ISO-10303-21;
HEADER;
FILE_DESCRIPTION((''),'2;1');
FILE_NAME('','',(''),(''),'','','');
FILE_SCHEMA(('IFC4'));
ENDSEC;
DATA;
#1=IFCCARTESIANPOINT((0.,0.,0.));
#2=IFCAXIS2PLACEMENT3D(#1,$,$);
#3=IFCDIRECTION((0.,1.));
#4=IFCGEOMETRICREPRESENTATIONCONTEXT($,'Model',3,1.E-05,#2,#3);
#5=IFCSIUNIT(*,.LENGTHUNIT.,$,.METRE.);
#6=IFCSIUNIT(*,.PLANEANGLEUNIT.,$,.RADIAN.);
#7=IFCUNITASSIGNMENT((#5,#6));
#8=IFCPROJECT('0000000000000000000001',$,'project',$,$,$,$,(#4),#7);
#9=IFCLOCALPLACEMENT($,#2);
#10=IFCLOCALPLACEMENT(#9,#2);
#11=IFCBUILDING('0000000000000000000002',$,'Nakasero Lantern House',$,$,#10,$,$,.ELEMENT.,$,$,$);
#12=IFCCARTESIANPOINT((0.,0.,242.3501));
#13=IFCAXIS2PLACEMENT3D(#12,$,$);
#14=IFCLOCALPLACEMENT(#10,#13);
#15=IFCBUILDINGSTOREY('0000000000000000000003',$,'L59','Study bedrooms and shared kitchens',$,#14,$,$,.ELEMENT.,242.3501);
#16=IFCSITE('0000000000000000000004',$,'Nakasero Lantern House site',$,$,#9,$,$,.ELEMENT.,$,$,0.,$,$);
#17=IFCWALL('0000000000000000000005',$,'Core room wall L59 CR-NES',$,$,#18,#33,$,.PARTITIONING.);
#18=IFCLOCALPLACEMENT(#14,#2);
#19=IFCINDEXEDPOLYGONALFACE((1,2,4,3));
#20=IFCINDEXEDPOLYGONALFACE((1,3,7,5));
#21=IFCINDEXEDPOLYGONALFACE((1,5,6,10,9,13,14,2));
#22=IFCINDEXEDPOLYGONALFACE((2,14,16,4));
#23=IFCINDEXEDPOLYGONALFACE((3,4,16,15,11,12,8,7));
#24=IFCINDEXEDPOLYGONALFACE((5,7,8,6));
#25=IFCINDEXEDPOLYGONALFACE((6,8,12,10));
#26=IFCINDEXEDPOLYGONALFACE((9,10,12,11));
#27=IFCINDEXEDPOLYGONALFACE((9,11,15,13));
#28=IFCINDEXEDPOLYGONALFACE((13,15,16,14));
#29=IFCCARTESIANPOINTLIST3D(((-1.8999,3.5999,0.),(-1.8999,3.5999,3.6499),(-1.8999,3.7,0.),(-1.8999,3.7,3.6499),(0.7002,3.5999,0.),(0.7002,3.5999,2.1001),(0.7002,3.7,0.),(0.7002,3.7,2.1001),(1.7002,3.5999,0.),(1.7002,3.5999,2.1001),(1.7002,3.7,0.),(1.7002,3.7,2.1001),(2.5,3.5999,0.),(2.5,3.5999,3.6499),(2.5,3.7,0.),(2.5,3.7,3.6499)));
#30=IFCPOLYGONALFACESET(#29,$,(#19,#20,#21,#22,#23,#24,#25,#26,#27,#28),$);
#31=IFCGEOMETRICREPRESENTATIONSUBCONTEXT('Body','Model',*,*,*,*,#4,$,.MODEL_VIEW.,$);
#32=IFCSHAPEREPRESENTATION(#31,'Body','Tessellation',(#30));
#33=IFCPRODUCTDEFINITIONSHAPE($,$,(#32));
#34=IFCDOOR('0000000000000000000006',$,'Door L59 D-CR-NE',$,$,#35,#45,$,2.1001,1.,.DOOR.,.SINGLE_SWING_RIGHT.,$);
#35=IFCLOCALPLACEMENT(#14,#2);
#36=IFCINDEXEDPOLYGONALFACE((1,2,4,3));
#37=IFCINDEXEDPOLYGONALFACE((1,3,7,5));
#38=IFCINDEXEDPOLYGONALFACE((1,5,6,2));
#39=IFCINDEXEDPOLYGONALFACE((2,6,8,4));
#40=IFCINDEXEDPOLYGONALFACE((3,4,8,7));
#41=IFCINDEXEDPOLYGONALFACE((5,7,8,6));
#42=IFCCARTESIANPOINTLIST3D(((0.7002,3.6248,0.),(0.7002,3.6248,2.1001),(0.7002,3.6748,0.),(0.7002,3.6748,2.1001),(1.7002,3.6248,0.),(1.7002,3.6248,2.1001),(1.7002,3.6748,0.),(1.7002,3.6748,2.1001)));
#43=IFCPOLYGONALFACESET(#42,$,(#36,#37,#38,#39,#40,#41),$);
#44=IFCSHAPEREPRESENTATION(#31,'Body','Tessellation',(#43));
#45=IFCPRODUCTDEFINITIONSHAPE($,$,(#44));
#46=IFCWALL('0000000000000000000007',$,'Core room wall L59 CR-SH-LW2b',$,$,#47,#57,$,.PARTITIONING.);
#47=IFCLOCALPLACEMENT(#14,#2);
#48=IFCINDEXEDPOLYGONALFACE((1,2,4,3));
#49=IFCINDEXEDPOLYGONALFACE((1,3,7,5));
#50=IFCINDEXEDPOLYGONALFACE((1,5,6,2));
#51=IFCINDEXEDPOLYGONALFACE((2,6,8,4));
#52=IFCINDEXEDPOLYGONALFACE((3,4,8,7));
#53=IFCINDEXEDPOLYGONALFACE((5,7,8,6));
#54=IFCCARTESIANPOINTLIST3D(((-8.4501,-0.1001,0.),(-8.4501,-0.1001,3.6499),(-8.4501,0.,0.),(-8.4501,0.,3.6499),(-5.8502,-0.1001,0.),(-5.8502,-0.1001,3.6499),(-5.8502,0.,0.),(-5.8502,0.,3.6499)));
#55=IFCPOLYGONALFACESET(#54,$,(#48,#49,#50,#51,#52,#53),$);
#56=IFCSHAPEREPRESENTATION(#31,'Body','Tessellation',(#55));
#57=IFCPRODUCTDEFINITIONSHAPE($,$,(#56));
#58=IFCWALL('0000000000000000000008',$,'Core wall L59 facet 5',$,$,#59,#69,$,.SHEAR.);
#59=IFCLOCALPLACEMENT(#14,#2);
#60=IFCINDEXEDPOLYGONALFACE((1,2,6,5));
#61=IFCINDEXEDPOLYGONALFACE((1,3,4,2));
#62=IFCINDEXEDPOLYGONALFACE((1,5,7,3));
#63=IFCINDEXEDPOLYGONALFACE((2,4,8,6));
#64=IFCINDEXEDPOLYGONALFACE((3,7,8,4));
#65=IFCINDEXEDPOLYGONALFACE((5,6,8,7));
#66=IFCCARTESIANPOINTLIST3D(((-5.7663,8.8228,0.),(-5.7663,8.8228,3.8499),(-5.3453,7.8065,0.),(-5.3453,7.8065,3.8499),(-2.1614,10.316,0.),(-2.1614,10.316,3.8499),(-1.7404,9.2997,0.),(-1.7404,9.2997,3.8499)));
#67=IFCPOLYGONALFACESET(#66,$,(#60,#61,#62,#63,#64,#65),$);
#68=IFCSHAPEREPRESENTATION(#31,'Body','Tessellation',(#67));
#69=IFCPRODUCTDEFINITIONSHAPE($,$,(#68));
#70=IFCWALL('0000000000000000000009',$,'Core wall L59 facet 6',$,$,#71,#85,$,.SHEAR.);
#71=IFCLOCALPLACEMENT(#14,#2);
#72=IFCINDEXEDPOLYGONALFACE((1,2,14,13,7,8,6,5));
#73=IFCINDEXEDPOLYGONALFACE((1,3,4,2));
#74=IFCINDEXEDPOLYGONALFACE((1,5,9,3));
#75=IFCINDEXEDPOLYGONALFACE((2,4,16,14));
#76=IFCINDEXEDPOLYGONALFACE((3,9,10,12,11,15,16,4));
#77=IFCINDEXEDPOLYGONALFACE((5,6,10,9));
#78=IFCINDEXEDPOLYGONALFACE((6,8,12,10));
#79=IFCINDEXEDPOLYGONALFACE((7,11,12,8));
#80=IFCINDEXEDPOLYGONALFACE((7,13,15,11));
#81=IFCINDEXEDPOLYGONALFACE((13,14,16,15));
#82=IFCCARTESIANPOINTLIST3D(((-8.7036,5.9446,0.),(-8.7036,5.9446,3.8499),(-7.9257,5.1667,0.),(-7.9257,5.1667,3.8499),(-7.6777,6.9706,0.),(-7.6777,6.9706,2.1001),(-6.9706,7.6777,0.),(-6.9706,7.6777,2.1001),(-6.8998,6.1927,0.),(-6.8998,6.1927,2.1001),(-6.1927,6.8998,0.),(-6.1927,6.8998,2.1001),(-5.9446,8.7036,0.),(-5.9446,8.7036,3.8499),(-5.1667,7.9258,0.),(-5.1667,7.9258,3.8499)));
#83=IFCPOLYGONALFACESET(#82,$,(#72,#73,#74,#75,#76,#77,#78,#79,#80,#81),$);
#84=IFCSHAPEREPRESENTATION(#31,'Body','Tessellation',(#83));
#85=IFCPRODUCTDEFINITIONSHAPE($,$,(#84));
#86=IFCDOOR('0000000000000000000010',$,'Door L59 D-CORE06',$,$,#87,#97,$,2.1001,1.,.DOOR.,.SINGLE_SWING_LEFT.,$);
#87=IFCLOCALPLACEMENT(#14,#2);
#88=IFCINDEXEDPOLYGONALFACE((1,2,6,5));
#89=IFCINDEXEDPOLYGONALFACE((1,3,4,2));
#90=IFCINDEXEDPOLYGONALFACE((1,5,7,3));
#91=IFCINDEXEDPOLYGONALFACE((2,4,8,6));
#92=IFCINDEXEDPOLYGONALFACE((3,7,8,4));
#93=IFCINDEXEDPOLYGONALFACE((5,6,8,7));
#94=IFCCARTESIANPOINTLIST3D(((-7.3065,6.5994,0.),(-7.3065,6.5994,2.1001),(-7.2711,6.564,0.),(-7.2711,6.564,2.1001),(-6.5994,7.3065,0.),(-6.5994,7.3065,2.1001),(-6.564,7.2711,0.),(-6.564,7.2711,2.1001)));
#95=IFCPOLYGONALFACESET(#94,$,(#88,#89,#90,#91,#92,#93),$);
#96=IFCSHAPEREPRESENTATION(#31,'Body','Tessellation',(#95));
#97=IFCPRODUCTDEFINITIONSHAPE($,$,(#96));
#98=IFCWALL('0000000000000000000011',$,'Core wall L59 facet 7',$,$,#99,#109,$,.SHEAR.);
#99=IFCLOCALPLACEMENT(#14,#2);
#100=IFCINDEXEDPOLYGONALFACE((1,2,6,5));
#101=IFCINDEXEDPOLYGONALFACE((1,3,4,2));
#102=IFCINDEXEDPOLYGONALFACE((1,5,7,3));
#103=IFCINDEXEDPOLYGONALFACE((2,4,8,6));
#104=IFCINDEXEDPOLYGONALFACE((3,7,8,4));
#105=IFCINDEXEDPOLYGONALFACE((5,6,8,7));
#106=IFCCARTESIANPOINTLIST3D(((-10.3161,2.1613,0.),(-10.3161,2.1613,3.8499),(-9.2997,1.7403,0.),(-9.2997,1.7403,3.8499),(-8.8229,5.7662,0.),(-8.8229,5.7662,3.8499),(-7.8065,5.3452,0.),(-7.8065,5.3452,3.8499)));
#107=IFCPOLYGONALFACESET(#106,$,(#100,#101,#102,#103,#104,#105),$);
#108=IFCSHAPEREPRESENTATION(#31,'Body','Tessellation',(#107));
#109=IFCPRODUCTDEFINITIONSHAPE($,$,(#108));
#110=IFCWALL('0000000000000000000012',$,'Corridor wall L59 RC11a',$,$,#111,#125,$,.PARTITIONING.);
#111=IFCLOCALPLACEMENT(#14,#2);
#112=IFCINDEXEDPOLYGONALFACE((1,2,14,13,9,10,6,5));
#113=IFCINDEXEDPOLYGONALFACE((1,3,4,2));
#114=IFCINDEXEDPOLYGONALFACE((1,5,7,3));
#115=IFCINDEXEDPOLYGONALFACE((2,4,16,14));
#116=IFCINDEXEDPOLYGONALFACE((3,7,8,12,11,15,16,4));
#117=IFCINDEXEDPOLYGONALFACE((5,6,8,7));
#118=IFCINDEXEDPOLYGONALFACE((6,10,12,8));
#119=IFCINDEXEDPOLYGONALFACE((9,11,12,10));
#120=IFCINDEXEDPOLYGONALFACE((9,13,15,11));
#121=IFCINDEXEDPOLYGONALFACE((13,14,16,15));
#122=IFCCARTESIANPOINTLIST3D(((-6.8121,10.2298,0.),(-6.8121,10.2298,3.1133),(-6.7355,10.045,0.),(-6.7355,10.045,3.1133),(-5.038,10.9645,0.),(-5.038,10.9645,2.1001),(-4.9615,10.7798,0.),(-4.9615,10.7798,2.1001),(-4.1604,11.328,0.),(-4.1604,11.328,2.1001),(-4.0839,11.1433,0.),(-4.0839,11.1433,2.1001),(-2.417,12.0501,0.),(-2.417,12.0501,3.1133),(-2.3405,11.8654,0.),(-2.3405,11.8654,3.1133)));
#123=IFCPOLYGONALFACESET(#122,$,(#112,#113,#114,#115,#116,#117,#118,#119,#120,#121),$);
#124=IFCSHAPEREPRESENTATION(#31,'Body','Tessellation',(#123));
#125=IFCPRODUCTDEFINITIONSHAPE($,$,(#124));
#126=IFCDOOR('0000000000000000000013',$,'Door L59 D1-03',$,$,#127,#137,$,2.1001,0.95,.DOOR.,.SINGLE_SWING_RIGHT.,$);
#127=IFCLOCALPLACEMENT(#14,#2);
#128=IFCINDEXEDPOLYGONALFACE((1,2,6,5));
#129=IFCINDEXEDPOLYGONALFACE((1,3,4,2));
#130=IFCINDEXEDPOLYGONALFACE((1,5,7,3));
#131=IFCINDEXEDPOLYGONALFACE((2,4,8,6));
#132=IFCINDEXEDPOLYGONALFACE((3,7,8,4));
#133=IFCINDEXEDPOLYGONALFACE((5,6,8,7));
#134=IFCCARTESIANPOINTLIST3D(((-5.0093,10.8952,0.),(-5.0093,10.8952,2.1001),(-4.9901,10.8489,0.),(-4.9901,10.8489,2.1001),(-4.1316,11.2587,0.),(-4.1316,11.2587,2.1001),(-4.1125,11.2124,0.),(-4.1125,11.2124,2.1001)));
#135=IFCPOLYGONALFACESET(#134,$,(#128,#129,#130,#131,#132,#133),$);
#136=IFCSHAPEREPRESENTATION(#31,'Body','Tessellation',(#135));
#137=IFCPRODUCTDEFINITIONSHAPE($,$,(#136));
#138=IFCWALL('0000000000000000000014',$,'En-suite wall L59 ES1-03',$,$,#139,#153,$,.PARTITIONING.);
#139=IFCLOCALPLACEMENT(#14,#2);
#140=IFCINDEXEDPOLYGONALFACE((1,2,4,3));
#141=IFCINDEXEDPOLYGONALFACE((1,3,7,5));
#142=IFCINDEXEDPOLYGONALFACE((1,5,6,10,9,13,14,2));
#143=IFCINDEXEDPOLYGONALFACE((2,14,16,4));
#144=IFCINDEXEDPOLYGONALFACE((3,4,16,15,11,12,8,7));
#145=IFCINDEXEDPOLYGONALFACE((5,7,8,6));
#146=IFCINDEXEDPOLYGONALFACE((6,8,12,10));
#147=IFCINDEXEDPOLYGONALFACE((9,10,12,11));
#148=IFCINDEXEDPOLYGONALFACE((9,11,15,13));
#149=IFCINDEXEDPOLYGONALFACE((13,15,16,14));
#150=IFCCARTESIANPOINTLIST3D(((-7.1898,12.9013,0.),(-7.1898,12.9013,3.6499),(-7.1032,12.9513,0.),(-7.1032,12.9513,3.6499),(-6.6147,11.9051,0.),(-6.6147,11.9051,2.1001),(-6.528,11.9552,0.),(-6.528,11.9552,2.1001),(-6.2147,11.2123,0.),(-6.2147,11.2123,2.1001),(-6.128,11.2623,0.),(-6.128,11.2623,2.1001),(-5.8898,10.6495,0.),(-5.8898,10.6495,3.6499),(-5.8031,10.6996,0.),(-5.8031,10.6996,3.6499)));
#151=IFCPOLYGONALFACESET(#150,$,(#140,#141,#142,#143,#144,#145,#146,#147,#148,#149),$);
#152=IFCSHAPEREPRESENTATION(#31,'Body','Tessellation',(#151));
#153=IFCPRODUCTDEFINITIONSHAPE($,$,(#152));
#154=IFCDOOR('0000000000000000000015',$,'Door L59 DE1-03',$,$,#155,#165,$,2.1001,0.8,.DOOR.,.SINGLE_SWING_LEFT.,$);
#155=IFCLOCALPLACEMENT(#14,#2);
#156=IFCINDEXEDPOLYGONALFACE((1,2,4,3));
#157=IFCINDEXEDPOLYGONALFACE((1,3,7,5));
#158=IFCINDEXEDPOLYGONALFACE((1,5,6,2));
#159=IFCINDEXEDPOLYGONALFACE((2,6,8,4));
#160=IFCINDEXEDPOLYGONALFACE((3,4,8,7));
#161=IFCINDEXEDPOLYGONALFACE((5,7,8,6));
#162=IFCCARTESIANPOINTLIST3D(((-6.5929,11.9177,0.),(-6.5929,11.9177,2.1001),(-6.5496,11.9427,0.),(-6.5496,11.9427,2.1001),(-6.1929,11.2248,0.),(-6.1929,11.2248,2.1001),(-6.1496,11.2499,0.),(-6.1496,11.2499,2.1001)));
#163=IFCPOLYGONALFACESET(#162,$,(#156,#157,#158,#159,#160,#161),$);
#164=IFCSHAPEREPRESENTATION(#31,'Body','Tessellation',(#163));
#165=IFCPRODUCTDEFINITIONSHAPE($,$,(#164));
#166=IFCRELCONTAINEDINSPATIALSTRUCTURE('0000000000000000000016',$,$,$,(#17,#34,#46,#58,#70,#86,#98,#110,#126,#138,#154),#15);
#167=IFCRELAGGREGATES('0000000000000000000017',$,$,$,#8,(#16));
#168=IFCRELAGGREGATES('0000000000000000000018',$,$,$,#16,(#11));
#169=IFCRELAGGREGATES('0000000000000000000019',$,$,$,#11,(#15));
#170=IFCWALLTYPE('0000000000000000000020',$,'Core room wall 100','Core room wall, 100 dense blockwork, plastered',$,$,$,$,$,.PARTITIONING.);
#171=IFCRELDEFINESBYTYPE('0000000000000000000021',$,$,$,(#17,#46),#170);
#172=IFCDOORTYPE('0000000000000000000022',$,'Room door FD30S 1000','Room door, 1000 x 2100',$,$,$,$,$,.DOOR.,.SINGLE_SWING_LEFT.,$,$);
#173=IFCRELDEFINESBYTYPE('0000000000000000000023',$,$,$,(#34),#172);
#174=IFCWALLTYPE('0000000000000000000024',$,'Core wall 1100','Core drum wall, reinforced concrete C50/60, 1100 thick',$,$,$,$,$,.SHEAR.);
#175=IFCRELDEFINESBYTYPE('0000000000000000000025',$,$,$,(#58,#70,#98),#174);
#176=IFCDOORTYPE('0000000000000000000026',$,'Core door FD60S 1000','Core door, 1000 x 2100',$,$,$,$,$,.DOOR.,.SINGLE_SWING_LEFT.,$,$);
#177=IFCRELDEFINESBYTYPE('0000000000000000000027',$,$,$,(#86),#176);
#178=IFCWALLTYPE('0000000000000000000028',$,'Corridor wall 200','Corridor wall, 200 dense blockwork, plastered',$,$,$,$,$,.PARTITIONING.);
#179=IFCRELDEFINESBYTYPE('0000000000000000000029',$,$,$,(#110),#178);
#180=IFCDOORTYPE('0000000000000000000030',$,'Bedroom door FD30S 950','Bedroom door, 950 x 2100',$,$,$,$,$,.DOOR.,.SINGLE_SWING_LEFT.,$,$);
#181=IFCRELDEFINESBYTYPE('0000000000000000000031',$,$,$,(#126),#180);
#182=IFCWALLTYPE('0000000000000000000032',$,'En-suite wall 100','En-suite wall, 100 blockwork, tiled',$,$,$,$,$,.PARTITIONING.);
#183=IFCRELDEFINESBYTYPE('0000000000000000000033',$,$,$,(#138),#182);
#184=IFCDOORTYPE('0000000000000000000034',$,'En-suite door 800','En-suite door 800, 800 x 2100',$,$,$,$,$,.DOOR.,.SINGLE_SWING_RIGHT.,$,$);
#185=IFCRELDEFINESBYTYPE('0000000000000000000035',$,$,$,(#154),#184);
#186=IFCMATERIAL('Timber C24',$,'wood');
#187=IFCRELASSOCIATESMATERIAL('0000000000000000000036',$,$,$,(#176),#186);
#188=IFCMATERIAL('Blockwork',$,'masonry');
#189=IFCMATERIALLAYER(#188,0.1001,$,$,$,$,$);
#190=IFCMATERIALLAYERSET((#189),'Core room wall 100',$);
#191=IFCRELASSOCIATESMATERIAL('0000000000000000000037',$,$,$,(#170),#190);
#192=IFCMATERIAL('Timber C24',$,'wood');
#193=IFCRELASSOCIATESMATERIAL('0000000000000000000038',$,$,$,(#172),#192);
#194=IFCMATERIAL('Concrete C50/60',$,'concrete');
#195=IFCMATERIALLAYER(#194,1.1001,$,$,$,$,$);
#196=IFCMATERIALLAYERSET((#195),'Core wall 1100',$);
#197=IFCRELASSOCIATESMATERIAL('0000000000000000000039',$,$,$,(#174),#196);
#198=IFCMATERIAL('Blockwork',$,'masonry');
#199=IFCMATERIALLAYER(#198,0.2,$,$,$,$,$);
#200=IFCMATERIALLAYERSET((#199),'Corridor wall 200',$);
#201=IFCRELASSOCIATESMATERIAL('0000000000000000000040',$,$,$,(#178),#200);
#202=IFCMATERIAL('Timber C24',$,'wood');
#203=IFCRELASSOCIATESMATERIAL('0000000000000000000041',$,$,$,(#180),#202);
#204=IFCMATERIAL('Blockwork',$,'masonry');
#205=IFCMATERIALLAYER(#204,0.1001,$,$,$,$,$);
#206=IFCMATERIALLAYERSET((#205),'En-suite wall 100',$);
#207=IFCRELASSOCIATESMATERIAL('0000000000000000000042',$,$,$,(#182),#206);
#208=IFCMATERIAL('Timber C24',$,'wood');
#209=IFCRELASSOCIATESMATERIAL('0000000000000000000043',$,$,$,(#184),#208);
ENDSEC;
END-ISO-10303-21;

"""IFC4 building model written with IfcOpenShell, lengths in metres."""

from ifc_helpers import new_model, si_unit, direction, frame, frame_2d, origin, place, context, subcontext, project, spatial, rectangle, extrude, material, layer, layer_set, type_object, element, fill, save


model = new_model("IFC4")

# Units and contexts
model_context = context("Model", 3, precision=1e-05, world=origin(), true_north=direction((0.0, 1.0)))
body_context = subcontext(model_context, "Body", "Model", "MODEL_VIEW")
ifc_project = project(units=[si_unit("LENGTHUNIT", "METRE"), si_unit("PLANEANGLEUNIT", "RADIAN")], contexts=[model_context])

# Site, building, storey
site_placement = place(None, origin())
site = spatial("IfcSite", under=ifc_project, at=site_placement, Name="Nakasero Lantern House site", CompositionType="ELEMENT", RefElevation=0.0)
building_placement = place(site_placement, origin())
building = spatial("IfcBuilding", under=site, at=building_placement, Name="Nakasero Lantern House", CompositionType="ELEMENT")
storey_placement = place(building_placement, frame((0.0, 0.0, 242.3501)))
storey = spatial("IfcBuildingStorey", under=building, at=storey_placement, Name="L59", Description="Study bedrooms and shared kitchens", CompositionType="ELEMENT", Elevation=242.3501)

# Shared definitions
ifc_material_1 = material(Name="Timber C24", Category="wood")
door_type_1 = type_object("IfcDoorType", Name="Core door FD60S 1000", Description="Core door, 1000 x 2100", OperationType="SINGLE_SWING_LEFT", PredefinedType="DOOR", material=ifc_material_1)

# Wall, opening, door
ifc_material_2 = material(Name="Blockwork", Category="masonry")
ifc_layer_1 = layer(ifc_material_2, 0.1001)
ifc_layer_set_1 = layer_set([ifc_layer_1], Name="Core room wall 100")
wall_type_1 = type_object("IfcWallType", Name="Core room wall 100", Description="Core room wall, 100 dense blockwork, plastered", PredefinedType="PARTITIONING", material=ifc_layer_set_1)
wall_1_placement = place(storey_placement, frame((-1.8999, 3.6499, 0.0), z_axis=(0.0, 0.0, 1.0), x_axis=(1.0, 0.0, 0.0)))
wall_1 = element("IfcWall", 1, at=wall_1_placement, inside=storey, type_object=wall_type_1, Name="Core room wall L59 CR-NES", PredefinedType="PARTITIONING", context=body_context, shape_type="SweptSolid", body=[
    extrude(rectangle(XDim=4.3999, YDim=0.1001, at=frame_2d((2.2, 0.0))), origin(), (0.0, 0.0, 1.0), 3.6499),
])
opening_1_placement = place(wall_1_placement, frame((2.6001, 0.0, 0.0)))
opening_1 = element("IfcOpeningElement", 2, at=opening_1_placement, cuts=wall_1, PredefinedType="OPENING", context=body_context, shape_type="SweptSolid", body=[
    extrude(rectangle(XDim=1.0, YDim=2.1001, at=frame_2d((0.5, 1.05))), frame((0.0, 0.0701, 0.0), z_axis=(0.0, -1.0, 0.0), x_axis=(1.0, 0.0, 0.0)), (0.0, 0.0, 1.0), 0.1401),
])
ifc_material_3 = material(Name="Timber C24", Category="wood")
door_type_2 = type_object("IfcDoorType", Name="Room door FD30S 1000", Description="Room door, 1000 x 2100", OperationType="SINGLE_SWING_LEFT", PredefinedType="DOOR", material=ifc_material_3)
door_1_placement = place(opening_1_placement, origin())
door_1 = element("IfcDoor", 3, at=door_1_placement, inside=storey, type_object=door_type_2, Name="Door L59 D-CR-NE", OperationType="SINGLE_SWING_RIGHT", OverallHeight=2.1001, OverallWidth=1.0, PredefinedType="DOOR", context=body_context, shape_type="SweptSolid", body=[
    extrude(rectangle(XDim=1.0, YDim=2.1001, at=frame_2d((0.5, 1.05))), frame((0.0, 0.0249, 0.0), z_axis=(0.0, -1.0, 0.0), x_axis=(1.0, 0.0, 0.0)), (0.0, 0.0, 1.0), 0.05),
])
fill(opening_1, door_1)

# Walls
wall_2_placement = place(storey_placement, frame((-8.45, -0.05, 0.0), z_axis=(0.0, 0.0, 1.0), x_axis=(1.0, 0.0, 0.0)))
element("IfcWall", 4, at=wall_2_placement, inside=storey, type_object=wall_type_1, Name="Core room wall L59 CR-SH-LW2b", PredefinedType="PARTITIONING", context=body_context, shape_type="SweptSolid", body=[
    extrude(rectangle(XDim=2.5999, YDim=0.1001, at=frame_2d((1.2998, 0.0))), origin(), (0.0, 0.0, 1.0), 3.6499),
])
ifc_material_4 = material(Name="Concrete C50/60", Category="concrete")
ifc_layer_2 = layer(ifc_material_4, 1.1001)
ifc_layer_set_2 = layer_set([ifc_layer_2], Name="Core wall 1100")
wall_type_2 = type_object("IfcWallType", Name="Core wall 1100", Description="Core drum wall, reinforced concrete C50/60, 1100 thick", PredefinedType="SHEAR", material=ifc_layer_set_2)
wall_3_placement = place(storey_placement, frame((-1.9509, 9.8079, 0.0), z_axis=(0.0, 0.0, 1.0), x_axis=(-0.923877, -0.382691, 0.0)))
element("IfcWall", 5, at=wall_3_placement, inside=storey, type_object=wall_type_2, Name="Core wall L59 facet 5", PredefinedType="SHEAR", context=body_context, shape_type="SweptSolid", body=[
    extrude(rectangle(XDim=3.9019, YDim=1.1001, at=frame_2d((1.9509, 0.0))), origin(), (0.0, 0.0, 1.0), 3.8499),
])

# Wall, opening, door
wall_4_placement = place(storey_placement, frame((-5.5557, 8.3147, 0.0), z_axis=(0.0, 0.0, 1.0), x_axis=(-0.707107, -0.707107, 0.0)))
wall_4 = element("IfcWall", 6, at=wall_4_placement, inside=storey, type_object=wall_type_2, Name="Core wall L59 facet 6", PredefinedType="SHEAR", context=body_context, shape_type="SweptSolid", body=[
    extrude(rectangle(XDim=3.9019, YDim=1.1001, at=frame_2d((1.9509, 0.0))), origin(), (0.0, 0.0, 1.0), 3.8499),
])
opening_2_placement = place(wall_4_placement, frame((1.4509, 0.0, 0.0)))
opening_2 = element("IfcOpeningElement", 7, at=opening_2_placement, cuts=wall_4, PredefinedType="OPENING", context=body_context, shape_type="SweptSolid", body=[
    extrude(rectangle(XDim=1.0, YDim=2.1001, at=frame_2d((0.5, 1.05))), frame((0.0, 0.5701, 0.0), z_axis=(0.0, -1.0, 0.0), x_axis=(1.0, 0.0, 0.0)), (0.0, 0.0, 1.0), 1.1401),
])
door_2_placement = place(opening_2_placement, origin())
door_2 = element("IfcDoor", 8, at=door_2_placement, inside=storey, type_object=door_type_1, Name="Door L59 D-CORE06", OperationType="SINGLE_SWING_LEFT", OverallHeight=2.1001, OverallWidth=1.0, PredefinedType="DOOR", context=body_context, shape_type="SweptSolid", body=[
    extrude(rectangle(XDim=1.0, YDim=2.1001, at=frame_2d((0.5, 1.05))), frame((0.0, 0.0249, 0.0), z_axis=(0.0, -1.0, 0.0), x_axis=(1.0, 0.0, 0.0)), (0.0, 0.0, 1.0), 0.05),
])
fill(opening_2, door_2)

# Wall
wall_5_placement = place(storey_placement, frame((-8.3147, 5.5557, 0.0), z_axis=(0.0, 0.0, 1.0), x_axis=(-0.382691, -0.923877, 0.0)))
element("IfcWall", 9, at=wall_5_placement, inside=storey, type_object=wall_type_2, Name="Core wall L59 facet 7", PredefinedType="SHEAR", context=body_context, shape_type="SweptSolid", body=[
    extrude(rectangle(XDim=3.9019, YDim=1.1001, at=frame_2d((1.9509, 0.0))), origin(), (0.0, 0.0, 1.0), 3.8499),
])

# Walls, openings, doors
ifc_material_5 = material(Name="Blockwork", Category="masonry")
ifc_layer_3 = layer(ifc_material_5, 0.2)
ifc_layer_set_3 = layer_set([ifc_layer_3], Name="Corridor wall 200")
wall_type_3 = type_object("IfcWallType", Name="Corridor wall 200", Description="Corridor wall, 200 dense blockwork, plastered", PredefinedType="PARTITIONING", material=ifc_layer_set_3)
wall_6_placement = place(storey_placement, frame((-6.7737, 10.1375, 0.0), z_axis=(0.0, 0.0, 1.0), x_axis=(0.923892, 0.382654, 0.0)))
wall_6 = element("IfcWall", 10, at=wall_6_placement, inside=storey, type_object=wall_type_3, Name="Corridor wall L59 RC11a", PredefinedType="PARTITIONING", context=body_context, shape_type="SweptSolid", body=[
    extrude(rectangle(XDim=4.7571, YDim=0.2, at=frame_2d((2.3784, 0.0))), origin(), (0.0, 0.0, 1.0), 3.1133),
])
opening_3_placement = place(wall_6_placement, frame((1.9199, 0.0, 0.0)))
opening_3 = element("IfcOpeningElement", 11, at=opening_3_placement, cuts=wall_6, PredefinedType="OPENING", context=body_context, shape_type="SweptSolid", body=[
    extrude(rectangle(XDim=0.95, YDim=2.1001, at=frame_2d((0.4751, 1.05))), frame((0.0, 0.1199, 0.0), z_axis=(0.0, -1.0, 0.0), x_axis=(1.0, 0.0, 0.0)), (0.0, 0.0, 1.0), 0.24),
])
ifc_material_6 = material(Name="Timber C24", Category="wood")
door_type_3 = type_object("IfcDoorType", Name="Bedroom door FD30S 950", Description="Bedroom door, 950 x 2100", OperationType="SINGLE_SWING_LEFT", PredefinedType="DOOR", material=ifc_material_6)
door_3_placement = place(opening_3_placement, origin())
door_3 = element("IfcDoor", 12, at=door_3_placement, inside=storey, type_object=door_type_3, Name="Door L59 D1-03", OperationType="SINGLE_SWING_RIGHT", OverallHeight=2.1001, OverallWidth=0.95, PredefinedType="DOOR", context=body_context, shape_type="SweptSolid", body=[
    extrude(rectangle(XDim=0.95, YDim=2.1001, at=frame_2d((0.4751, 1.05))), frame((0.0, 0.0249, 0.0), z_axis=(0.0, -1.0, 0.0), x_axis=(1.0, 0.0, 0.0)), (0.0, 0.0, 1.0), 0.05),
])
fill(opening_3, door_3)
ifc_material_7 = material(Name="Blockwork", Category="masonry")
ifc_layer_4 = layer(ifc_material_7, 0.1001)
ifc_layer_set_4 = layer_set([ifc_layer_4], Name="En-suite wall 100")
wall_type_4 = type_object("IfcWallType", Name="En-suite wall 100", Description="En-suite wall, 100 blockwork, tiled", PredefinedType="PARTITIONING", material=ifc_layer_set_4)
wall_7_placement = place(storey_placement, frame((-5.8464, 10.6746, 0.0), z_axis=(0.0, 0.0, 1.0), x_axis=(-0.500007, 0.866021, 0.0)))
wall_7 = element("IfcWall", 13, at=wall_7_placement, inside=storey, type_object=wall_type_4, Name="En-suite wall L59 ES1-03", PredefinedType="PARTITIONING", context=body_context, shape_type="SweptSolid", body=[
    extrude(rectangle(XDim=2.6001, YDim=0.1001, at=frame_2d((1.3, 0.0))), origin(), (0.0, 0.0, 1.0), 3.6499),
])
opening_4_placement = place(wall_7_placement, frame((0.6499, 0.0, 0.0)))
opening_4 = element("IfcOpeningElement", 14, at=opening_4_placement, cuts=wall_7, PredefinedType="OPENING", context=body_context, shape_type="SweptSolid", body=[
    extrude(rectangle(XDim=0.8, YDim=2.1001, at=frame_2d((0.3999, 1.05))), frame((0.0, 0.0701, 0.0), z_axis=(0.0, -1.0, 0.0), x_axis=(1.0, 0.0, 0.0)), (0.0, 0.0, 1.0), 0.1401),
])
ifc_material_8 = material(Name="Timber C24", Category="wood")
door_type_4 = type_object("IfcDoorType", Name="En-suite door 800", Description="En-suite door 800, 800 x 2100", OperationType="SINGLE_SWING_RIGHT", PredefinedType="DOOR", material=ifc_material_8)
door_4_placement = place(opening_4_placement, origin())
door_4 = element("IfcDoor", 15, at=door_4_placement, inside=storey, type_object=door_type_4, Name="Door L59 DE1-03", OperationType="SINGLE_SWING_LEFT", OverallHeight=2.1001, OverallWidth=0.8, PredefinedType="DOOR", context=body_context, shape_type="SweptSolid", body=[
    extrude(rectangle(XDim=0.8, YDim=2.1001, at=frame_2d((0.3999, 1.05))), frame((0.0, 0.0249, 0.0), z_axis=(0.0, -1.0, 0.0), x_axis=(1.0, 0.0, 0.0)), (0.0, 0.0, 1.0), 0.05),
])
fill(opening_4, door_4)

save(model, "model.ifc")
